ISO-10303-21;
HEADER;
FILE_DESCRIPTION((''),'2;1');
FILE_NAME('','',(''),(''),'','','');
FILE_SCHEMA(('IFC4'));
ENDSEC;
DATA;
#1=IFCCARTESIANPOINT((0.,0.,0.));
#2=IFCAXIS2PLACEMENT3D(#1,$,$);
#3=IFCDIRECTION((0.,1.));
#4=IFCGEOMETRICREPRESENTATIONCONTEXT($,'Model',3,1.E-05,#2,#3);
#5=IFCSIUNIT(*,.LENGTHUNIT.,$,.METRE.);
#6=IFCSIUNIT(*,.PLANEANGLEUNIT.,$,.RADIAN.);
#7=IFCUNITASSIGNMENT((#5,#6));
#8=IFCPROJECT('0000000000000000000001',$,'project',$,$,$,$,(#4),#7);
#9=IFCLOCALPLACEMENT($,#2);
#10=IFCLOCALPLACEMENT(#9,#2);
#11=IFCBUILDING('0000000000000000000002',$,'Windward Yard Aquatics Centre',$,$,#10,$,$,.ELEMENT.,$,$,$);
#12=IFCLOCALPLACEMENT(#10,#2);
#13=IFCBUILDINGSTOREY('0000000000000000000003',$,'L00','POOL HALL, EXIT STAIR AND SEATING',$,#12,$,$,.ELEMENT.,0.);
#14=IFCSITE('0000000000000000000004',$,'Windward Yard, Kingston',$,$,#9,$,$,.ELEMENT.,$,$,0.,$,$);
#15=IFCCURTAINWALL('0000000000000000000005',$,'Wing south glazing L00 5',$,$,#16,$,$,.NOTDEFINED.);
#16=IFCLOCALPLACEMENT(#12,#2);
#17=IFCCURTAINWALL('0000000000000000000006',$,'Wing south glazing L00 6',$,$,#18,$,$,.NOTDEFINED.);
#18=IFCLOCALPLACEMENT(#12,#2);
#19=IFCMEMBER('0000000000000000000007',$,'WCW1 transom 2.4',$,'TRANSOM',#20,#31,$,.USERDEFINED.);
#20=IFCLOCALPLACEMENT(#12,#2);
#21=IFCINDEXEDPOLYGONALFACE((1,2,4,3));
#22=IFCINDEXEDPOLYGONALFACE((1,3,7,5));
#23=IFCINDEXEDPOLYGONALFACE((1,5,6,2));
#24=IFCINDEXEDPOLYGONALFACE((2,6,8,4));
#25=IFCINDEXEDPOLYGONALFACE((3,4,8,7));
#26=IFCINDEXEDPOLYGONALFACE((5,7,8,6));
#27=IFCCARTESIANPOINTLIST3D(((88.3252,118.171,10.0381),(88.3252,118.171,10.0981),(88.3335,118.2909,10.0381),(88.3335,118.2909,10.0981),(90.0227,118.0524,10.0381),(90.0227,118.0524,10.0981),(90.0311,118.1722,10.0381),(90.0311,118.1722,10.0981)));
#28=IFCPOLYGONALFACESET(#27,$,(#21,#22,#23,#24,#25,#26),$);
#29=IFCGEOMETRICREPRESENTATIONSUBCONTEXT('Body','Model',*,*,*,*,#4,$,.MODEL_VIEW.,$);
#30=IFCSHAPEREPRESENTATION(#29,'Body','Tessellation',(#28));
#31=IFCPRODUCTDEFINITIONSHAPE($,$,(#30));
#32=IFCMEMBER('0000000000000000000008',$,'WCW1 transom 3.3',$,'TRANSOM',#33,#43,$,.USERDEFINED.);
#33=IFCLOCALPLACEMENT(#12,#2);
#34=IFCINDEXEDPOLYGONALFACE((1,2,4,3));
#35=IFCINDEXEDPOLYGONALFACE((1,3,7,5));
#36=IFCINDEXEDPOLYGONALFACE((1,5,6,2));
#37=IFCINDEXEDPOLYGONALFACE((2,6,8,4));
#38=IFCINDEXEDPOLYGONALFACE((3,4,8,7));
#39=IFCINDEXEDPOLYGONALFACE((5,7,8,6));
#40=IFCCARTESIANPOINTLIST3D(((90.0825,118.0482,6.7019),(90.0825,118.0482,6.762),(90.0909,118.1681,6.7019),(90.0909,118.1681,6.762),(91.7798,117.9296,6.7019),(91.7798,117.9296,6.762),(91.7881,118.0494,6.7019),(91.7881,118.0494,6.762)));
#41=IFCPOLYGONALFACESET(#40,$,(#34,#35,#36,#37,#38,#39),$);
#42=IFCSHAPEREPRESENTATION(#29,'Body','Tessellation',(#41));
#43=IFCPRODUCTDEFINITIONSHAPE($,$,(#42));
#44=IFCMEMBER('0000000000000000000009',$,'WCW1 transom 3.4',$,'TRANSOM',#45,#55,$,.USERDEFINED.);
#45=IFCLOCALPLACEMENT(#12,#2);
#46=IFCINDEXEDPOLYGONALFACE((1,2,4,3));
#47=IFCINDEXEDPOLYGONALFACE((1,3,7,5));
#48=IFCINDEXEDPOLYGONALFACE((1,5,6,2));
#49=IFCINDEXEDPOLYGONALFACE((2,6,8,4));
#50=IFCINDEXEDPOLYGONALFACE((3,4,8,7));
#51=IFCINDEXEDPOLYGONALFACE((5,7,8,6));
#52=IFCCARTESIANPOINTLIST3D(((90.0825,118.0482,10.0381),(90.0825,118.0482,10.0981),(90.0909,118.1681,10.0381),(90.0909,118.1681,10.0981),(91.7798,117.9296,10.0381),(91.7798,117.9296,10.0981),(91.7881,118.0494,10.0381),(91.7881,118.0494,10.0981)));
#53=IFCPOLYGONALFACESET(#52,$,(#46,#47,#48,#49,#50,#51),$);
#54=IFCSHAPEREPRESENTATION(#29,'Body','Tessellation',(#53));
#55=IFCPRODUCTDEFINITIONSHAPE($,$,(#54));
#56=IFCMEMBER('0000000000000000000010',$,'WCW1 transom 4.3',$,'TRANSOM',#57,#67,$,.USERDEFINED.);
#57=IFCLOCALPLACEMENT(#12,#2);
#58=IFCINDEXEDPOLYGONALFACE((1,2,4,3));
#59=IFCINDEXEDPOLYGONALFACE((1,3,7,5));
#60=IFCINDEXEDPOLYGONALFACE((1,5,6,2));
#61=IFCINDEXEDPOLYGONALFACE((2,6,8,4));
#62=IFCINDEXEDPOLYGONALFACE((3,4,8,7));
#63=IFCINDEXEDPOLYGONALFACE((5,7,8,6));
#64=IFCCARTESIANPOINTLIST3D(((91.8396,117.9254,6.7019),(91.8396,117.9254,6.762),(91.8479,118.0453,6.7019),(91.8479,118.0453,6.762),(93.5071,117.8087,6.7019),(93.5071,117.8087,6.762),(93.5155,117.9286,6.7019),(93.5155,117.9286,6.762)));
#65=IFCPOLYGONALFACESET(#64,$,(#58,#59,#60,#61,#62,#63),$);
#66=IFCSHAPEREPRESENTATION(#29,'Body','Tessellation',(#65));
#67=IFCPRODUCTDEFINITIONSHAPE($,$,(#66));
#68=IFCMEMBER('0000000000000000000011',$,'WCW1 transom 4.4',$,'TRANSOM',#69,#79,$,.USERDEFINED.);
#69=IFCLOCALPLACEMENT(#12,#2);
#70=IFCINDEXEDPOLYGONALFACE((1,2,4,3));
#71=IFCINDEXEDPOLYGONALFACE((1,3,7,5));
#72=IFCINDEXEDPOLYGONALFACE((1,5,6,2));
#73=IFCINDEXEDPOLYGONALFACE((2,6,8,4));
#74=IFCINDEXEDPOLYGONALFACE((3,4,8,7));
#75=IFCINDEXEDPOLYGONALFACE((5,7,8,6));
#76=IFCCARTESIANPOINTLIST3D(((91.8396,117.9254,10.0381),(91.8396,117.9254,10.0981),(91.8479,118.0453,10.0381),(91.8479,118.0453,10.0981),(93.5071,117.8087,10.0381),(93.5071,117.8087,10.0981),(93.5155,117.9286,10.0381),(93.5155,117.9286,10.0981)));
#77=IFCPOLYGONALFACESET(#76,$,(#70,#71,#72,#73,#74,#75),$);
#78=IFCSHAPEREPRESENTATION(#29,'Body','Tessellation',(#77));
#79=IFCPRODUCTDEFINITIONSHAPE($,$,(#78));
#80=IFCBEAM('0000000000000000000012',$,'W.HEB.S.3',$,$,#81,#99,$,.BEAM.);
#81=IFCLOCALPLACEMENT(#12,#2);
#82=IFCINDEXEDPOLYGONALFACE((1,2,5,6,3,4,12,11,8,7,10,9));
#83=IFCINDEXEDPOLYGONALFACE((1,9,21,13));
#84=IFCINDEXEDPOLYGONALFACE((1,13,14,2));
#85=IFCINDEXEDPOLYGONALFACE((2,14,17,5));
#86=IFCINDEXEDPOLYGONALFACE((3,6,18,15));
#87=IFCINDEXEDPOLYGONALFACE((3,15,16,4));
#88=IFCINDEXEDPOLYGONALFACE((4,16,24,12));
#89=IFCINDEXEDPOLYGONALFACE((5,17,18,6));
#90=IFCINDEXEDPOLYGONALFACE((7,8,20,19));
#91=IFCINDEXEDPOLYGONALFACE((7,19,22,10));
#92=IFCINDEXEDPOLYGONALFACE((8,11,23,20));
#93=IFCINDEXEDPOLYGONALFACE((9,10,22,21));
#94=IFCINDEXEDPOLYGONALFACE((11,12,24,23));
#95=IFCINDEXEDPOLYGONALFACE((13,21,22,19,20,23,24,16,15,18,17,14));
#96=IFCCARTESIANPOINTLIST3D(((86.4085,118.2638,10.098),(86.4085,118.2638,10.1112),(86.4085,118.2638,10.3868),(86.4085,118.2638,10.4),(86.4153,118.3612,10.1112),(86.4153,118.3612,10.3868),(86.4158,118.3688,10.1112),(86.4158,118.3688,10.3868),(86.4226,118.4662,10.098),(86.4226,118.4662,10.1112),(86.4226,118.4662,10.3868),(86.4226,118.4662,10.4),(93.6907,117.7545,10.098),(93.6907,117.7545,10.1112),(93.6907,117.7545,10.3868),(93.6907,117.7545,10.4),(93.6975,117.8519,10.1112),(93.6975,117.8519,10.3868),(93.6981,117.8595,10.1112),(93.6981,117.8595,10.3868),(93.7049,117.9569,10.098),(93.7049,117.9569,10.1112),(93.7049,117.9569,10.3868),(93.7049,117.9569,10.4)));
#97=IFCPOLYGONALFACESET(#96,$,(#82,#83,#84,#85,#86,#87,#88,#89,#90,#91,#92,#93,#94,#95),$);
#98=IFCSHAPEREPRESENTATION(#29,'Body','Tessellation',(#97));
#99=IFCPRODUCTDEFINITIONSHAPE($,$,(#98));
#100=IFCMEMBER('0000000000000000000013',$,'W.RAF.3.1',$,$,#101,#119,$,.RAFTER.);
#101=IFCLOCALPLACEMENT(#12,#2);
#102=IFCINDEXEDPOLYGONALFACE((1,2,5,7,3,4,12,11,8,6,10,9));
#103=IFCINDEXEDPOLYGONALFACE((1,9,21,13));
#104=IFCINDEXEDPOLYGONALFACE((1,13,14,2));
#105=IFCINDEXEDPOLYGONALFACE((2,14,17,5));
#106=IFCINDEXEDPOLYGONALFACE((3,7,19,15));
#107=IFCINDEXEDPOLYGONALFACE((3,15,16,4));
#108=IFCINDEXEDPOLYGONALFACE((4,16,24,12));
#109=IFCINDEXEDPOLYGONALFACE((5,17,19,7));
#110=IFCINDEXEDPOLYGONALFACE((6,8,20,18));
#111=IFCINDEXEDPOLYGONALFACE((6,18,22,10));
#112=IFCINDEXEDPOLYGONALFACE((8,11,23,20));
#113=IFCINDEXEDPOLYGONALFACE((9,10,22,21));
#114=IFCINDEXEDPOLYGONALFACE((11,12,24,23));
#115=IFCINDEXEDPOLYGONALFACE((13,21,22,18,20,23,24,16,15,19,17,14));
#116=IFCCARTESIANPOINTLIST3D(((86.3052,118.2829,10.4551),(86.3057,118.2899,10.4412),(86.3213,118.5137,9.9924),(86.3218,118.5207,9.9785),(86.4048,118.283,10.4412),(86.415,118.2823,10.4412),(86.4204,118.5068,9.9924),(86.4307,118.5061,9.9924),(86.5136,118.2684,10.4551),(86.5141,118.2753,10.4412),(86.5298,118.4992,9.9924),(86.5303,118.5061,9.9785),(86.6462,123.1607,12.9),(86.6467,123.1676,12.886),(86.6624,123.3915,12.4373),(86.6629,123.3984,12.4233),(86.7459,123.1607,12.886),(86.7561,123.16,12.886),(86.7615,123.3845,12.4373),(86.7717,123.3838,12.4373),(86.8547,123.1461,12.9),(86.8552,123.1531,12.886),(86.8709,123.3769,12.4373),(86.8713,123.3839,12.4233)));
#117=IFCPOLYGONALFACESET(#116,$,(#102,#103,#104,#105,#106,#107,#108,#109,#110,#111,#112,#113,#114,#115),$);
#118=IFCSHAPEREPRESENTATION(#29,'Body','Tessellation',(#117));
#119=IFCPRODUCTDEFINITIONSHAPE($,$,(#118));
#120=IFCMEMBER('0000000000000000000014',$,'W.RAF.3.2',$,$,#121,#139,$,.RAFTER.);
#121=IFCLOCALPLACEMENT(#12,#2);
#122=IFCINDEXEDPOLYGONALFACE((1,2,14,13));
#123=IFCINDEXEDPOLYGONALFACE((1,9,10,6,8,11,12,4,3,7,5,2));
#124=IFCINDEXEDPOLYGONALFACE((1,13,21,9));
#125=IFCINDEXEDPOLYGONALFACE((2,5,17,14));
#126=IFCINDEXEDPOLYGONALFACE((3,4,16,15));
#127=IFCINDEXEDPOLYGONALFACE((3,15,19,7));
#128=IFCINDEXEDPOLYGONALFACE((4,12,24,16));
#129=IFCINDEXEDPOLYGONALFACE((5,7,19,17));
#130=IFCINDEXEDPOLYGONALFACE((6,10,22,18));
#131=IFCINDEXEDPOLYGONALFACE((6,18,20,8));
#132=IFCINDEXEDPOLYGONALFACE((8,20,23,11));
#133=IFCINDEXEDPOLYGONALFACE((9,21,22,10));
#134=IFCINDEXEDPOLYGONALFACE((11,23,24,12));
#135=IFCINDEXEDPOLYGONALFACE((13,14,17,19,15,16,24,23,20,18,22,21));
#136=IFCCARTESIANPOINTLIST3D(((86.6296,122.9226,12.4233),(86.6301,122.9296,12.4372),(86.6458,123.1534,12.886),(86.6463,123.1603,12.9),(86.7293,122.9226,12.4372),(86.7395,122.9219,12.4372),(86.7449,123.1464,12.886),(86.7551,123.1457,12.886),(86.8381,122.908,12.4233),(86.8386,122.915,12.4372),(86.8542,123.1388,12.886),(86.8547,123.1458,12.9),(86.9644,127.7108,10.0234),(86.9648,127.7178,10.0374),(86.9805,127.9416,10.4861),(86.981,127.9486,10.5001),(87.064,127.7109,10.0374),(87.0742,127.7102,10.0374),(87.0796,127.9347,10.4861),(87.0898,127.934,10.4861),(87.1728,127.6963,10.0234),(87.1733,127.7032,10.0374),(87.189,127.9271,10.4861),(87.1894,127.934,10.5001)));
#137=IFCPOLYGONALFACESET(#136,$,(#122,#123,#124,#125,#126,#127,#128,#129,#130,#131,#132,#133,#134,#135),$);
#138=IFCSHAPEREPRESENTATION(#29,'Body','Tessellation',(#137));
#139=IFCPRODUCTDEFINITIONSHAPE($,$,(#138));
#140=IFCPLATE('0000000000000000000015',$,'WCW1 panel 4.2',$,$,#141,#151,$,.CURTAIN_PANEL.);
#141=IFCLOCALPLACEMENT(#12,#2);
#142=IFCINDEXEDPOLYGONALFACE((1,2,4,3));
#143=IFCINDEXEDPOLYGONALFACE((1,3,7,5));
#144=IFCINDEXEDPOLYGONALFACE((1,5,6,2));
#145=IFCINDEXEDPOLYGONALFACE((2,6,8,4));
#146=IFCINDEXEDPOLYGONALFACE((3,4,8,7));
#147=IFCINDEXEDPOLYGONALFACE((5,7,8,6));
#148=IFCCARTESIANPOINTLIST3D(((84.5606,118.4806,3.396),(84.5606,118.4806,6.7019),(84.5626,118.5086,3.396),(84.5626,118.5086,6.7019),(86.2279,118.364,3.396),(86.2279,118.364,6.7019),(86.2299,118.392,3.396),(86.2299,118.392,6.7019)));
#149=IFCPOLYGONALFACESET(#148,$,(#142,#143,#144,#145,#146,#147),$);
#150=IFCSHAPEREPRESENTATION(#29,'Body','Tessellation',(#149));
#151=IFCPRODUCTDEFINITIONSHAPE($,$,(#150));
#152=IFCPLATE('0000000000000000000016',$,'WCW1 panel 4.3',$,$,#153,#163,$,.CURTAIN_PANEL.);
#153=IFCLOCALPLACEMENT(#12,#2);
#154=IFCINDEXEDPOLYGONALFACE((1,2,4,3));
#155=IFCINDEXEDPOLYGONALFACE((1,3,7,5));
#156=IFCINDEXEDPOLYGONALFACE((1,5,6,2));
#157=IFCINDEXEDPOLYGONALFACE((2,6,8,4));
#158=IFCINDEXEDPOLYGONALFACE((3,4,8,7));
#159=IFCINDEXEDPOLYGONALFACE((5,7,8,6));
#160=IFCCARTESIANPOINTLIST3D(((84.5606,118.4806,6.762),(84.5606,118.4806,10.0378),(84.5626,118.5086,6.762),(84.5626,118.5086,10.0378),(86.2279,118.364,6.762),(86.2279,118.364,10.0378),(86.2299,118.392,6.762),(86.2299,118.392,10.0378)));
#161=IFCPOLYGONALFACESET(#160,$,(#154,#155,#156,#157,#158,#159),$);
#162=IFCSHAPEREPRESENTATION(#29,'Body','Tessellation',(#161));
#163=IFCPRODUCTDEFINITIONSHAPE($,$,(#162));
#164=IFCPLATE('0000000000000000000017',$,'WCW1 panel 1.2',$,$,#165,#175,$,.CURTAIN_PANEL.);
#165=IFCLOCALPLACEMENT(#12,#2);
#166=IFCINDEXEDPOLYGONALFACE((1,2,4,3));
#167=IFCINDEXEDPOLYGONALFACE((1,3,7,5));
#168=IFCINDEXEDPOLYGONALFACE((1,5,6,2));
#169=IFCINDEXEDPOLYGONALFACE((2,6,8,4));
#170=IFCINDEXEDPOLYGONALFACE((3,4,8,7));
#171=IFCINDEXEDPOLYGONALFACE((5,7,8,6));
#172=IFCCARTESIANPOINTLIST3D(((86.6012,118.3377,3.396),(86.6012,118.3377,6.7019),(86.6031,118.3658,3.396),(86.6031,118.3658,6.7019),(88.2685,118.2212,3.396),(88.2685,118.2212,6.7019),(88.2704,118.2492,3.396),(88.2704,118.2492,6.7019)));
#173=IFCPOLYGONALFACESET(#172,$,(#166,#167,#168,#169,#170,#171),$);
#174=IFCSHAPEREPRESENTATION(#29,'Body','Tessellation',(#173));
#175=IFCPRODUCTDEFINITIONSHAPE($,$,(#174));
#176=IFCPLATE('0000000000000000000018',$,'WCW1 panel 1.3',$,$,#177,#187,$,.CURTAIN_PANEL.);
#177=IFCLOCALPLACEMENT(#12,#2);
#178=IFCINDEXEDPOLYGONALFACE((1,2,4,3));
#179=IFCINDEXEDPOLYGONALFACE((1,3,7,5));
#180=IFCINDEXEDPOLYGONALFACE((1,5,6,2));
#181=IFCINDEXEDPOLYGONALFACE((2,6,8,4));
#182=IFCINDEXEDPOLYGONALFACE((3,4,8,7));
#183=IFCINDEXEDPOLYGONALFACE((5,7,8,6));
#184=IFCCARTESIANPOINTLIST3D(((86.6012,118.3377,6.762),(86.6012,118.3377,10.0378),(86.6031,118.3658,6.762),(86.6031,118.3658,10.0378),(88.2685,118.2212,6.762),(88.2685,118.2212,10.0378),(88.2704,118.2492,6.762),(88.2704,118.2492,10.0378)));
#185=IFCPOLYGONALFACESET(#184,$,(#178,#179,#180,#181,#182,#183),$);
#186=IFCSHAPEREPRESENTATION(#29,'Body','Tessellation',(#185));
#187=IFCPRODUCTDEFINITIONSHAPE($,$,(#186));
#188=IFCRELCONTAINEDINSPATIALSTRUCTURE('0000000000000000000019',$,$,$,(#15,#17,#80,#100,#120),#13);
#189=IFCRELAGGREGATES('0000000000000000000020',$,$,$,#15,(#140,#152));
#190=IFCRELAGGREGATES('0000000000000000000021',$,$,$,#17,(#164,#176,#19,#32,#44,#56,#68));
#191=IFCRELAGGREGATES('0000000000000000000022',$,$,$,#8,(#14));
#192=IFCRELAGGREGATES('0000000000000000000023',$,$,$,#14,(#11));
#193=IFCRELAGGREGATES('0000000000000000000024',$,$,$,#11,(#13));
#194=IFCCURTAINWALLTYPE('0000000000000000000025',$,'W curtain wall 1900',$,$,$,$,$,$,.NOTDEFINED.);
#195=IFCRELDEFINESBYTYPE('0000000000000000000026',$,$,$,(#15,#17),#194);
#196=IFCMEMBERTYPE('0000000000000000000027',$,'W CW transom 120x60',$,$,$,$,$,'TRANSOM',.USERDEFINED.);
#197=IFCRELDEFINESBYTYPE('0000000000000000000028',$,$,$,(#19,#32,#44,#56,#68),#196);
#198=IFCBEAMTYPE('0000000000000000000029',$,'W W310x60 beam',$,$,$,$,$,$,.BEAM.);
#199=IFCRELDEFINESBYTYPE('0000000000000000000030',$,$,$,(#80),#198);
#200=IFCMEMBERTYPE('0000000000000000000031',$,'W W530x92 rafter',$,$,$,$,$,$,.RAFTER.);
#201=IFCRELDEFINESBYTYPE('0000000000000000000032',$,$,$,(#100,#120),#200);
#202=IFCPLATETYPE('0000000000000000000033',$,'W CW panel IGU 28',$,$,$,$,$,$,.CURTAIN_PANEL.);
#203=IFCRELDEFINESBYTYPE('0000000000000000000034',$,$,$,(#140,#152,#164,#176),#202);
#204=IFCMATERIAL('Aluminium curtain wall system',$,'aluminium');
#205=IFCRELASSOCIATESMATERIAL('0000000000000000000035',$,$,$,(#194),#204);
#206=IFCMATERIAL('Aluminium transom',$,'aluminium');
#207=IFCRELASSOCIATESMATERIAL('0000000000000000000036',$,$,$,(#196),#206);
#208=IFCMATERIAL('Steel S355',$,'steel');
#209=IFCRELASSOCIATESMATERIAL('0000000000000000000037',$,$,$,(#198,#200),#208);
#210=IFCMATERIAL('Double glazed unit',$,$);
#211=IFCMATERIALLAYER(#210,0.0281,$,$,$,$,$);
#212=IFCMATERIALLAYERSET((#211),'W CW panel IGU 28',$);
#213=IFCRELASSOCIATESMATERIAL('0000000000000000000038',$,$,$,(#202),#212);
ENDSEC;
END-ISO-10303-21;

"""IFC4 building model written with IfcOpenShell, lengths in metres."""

from ifc_helpers import new_model, si_unit, direction, frame, origin, origin_2d, place, context, subcontext, project, spatial, rectangle, i_section, extrude, material, layer, layer_set, material_profile, profile_set, type_object, element, aggregate, save


model = new_model("IFC4")

# Units and contexts
model_context = context("Model", 3, precision=1e-05, world=origin(), true_north=direction((0.0, 1.0)))
body_context = subcontext(model_context, "Body", "Model", "MODEL_VIEW")
ifc_project = project(units=[si_unit("LENGTHUNIT", "METRE"), si_unit("PLANEANGLEUNIT", "RADIAN")], contexts=[model_context])

# Site, building, storey
site_placement = place(None, origin())
site = spatial("IfcSite", under=ifc_project, at=site_placement, Name="Windward Yard, Kingston", CompositionType="ELEMENT", RefElevation=0.0)
building_placement = place(site_placement, origin())
building = spatial("IfcBuilding", under=site, at=building_placement, Name="Windward Yard Aquatics Centre", CompositionType="ELEMENT")
storey_placement = place(building_placement, origin())
storey = spatial("IfcBuildingStorey", under=building, at=storey_placement, Name="L00", Description="POOL HALL, EXIT STAIR AND SEATING", CompositionType="ELEMENT", Elevation=0.0)

# Shared definitions
ifc_material_1 = material(Name="Steel S355", Category="steel")

# Curtain walls, members
ifc_material_2 = material(Name="Aluminium curtain wall system", Category="aluminium")
curtain_wall_type = type_object("IfcCurtainWallType", Name="W curtain wall 1900", PredefinedType="NOTDEFINED", material=ifc_material_2)
curtain_wall_1_placement = place(storey_placement, origin())
curtain_wall_1 = element("IfcCurtainWall", 1, at=curtain_wall_1_placement, inside=storey, type_object=curtain_wall_type, Name="Wing south glazing L00 5", PredefinedType="NOTDEFINED")
ifc_material_3 = material(Name="Aluminium transom", Category="aluminium")
ifc_material_profile_1 = material_profile(ifc_material_3, rectangle(XDim=0.1201, YDim=0.0601, at=origin_2d()), Name="AL 120x60")
ifc_profile_set_1 = profile_set([ifc_material_profile_1], Name="Aluminium transom")
member_type_1 = type_object("IfcMemberType", Name="W CW transom 120x60", ElementType="TRANSOM", PredefinedType="USERDEFINED", material=ifc_profile_set_1)
curtain_wall_2_placement = place(storey_placement, origin())
curtain_wall_2 = element("IfcCurtainWall", 2, at=curtain_wall_2_placement, inside=storey, type_object=curtain_wall_type, Name="Wing south glazing L00 6", PredefinedType="NOTDEFINED")
member_1_placement = place(storey_placement, frame((88.3293, 118.231, 10.0681), z_axis=(0.997566, -0.069728, 0.0), x_axis=(0.069728, 0.997566, 0.0)))
member_1 = element("IfcMember", 3, at=member_1_placement, type_object=member_type_1, Name="WCW1 transom 2.4", ObjectType="TRANSOM", PredefinedType="USERDEFINED", context=body_context, shape_type="SweptSolid", body=[
    extrude(rectangle(XDim=0.1201, YDim=0.0601, at=origin_2d()), origin(), (0.0, 0.0, 1.0), 1.7017),
])
member_2_placement = place(storey_placement, frame((90.0867, 118.1082, 6.7319), z_axis=(0.997565, -0.069738, 0.0), x_axis=(0.069738, 0.997565, 0.0)))
member_2 = element("IfcMember", 4, at=member_2_placement, type_object=member_type_1, Name="WCW1 transom 3.3", ObjectType="TRANSOM", PredefinedType="USERDEFINED", context=body_context, shape_type="SweptSolid", body=[
    extrude(rectangle(XDim=0.1201, YDim=0.0601, at=origin_2d()), origin(), (0.0, 0.0, 1.0), 1.7014),
])
member_3_placement = place(storey_placement, frame((90.0867, 118.1082, 10.0681), z_axis=(0.997565, -0.069738, 0.0), x_axis=(0.069738, 0.997565, 0.0)))
member_3 = element("IfcMember", 5, at=member_3_placement, type_object=member_type_1, Name="WCW1 transom 3.4", ObjectType="TRANSOM", PredefinedType="USERDEFINED", context=body_context, shape_type="SweptSolid", body=[
    extrude(rectangle(XDim=0.1201, YDim=0.0601, at=origin_2d()), origin(), (0.0, 0.0, 1.0), 1.7014),
])
member_4_placement = place(storey_placement, frame((91.8438, 117.9854, 6.7319), z_axis=(0.99756, -0.069815, 0.0), x_axis=(0.069815, 0.99756, 0.0)))
member_4 = element("IfcMember", 6, at=member_4_placement, type_object=member_type_1, Name="WCW1 transom 4.3", ObjectType="TRANSOM", PredefinedType="USERDEFINED", context=body_context, shape_type="SweptSolid", body=[
    extrude(rectangle(XDim=0.1201, YDim=0.0601, at=origin_2d()), origin(), (0.0, 0.0, 1.0), 1.6716),
])
member_5_placement = place(storey_placement, frame((91.8438, 117.9854, 10.0681), z_axis=(0.99756, -0.069815, 0.0), x_axis=(0.069815, 0.99756, 0.0)))
member_5 = element("IfcMember", 7, at=member_5_placement, type_object=member_type_1, Name="WCW1 transom 4.4", ObjectType="TRANSOM", PredefinedType="USERDEFINED", context=body_context, shape_type="SweptSolid", body=[
    extrude(rectangle(XDim=0.1201, YDim=0.0601, at=origin_2d()), origin(), (0.0, 0.0, 1.0), 1.6716),
])

# Beam
ifc_material_profile_2 = material_profile(ifc_material_1, i_section(OverallWidth=0.2029, OverallDepth=0.302, WebThickness=0.0076, FlangeThickness=0.0132, at=origin_2d()), Name="W310x60")
ifc_profile_set_2 = profile_set([ifc_material_profile_2], Name="Steel S355")
beam_type = type_object("IfcBeamType", Name="W W310x60 beam", PredefinedType="BEAM", material=ifc_profile_set_2)
beam_placement = place(storey_placement, frame((86.4155, 118.365, 10.249), z_axis=(0.997564, -0.069764, 0.0), x_axis=(0.069764, 0.997564, 0.0)))
element("IfcBeam", 8, at=beam_placement, inside=storey, type_object=beam_type, Name="W.HEB.S.3", PredefinedType="BEAM", context=body_context, shape_type="SweptSolid", body=[
    extrude(i_section(OverallWidth=0.2029, OverallDepth=0.302, WebThickness=0.0076, FlangeThickness=0.0132, at=origin_2d()), origin(), (0.0, 0.0, 1.0), 7.3),
])

# Members
ifc_material_profile_3 = material_profile(ifc_material_1, i_section(OverallWidth=0.209, OverallDepth=0.533, WebThickness=0.0103, FlangeThickness=0.0156, at=origin_2d()), Name="W530x92")
ifc_profile_set_3 = profile_set([ifc_material_profile_3], Name="Steel S355")
member_type_2 = type_object("IfcMemberType", Name="W W530x92 rafter", PredefinedType="RAFTER", material=ifc_profile_set_3)
member_6_placement = place(storey_placement, frame((86.4177, 118.3945, 10.2168), z_axis=(0.062389, 0.892247, 0.447217), x_axis=(-0.997564, 0.069753, 0.0)))
element("IfcMember", 9, at=member_6_placement, inside=storey, type_object=member_type_2, Name="W.RAF.3.1", PredefinedType="RAFTER", context=body_context, shape_type="SweptSolid", body=[
    extrude(i_section(OverallWidth=0.209, OverallDepth=0.533, WebThickness=0.0103, FlangeThickness=0.0156, at=origin_2d()), origin(), (0.0, 0.0, 1.0), 5.4668),
])
member_7_placement = place(storey_placement, frame((86.7422, 123.0342, 12.6616), z_axis=(0.062371, 0.892258, -0.447198), x_axis=(-0.997566, 0.069732, 0.0)))
element("IfcMember", 10, at=member_7_placement, inside=storey, type_object=member_type_2, Name="W.RAF.3.2", PredefinedType="RAFTER", context=body_context, shape_type="SweptSolid", body=[
    extrude(i_section(OverallWidth=0.209, OverallDepth=0.533, WebThickness=0.0103, FlangeThickness=0.0156, at=origin_2d()), origin(), (0.0, 0.0, 1.0), 5.3665),
])

# Plates
ifc_material_4 = material(Name="Double glazed unit")
ifc_layer_1 = layer(ifc_material_4, 0.0281)
ifc_layer_set_1 = layer_set([ifc_layer_1], Name="W CW panel IGU 28")
plate_type_1 = type_object("IfcPlateType", Name="W CW panel IGU 28", PredefinedType="CURTAIN_PANEL", material=ifc_layer_set_1)
plate_1_placement = place(storey_placement, frame((85.3953, 118.4363, 3.396), z_axis=(0.0, 0.0, 1.0), x_axis=(0.997564, -0.069756, 0.0)))
plate_1 = element("IfcPlate", 11, at=plate_1_placement, type_object=plate_type_1, Name="WCW1 panel 4.2", PredefinedType="CURTAIN_PANEL", context=body_context, shape_type="SweptSolid", body=[
    extrude(rectangle(XDim=1.6714, YDim=0.0281, at=origin_2d()), origin(), (0.0, 0.0, 1.0), 3.3059),
])
plate_2_placement = place(storey_placement, frame((85.3953, 118.4363, 6.762), z_axis=(0.0, 0.0, 1.0), x_axis=(0.997564, -0.069756, 0.0)))
plate_2 = element("IfcPlate", 12, at=plate_2_placement, type_object=plate_type_1, Name="WCW1 panel 4.3", PredefinedType="CURTAIN_PANEL", context=body_context, shape_type="SweptSolid", body=[
    extrude(rectangle(XDim=1.6714, YDim=0.0281, at=origin_2d()), origin(), (0.0, 0.0, 1.0), 3.2759),
])
aggregate(curtain_wall_1, [plate_1, plate_2])
plate_3_placement = place(storey_placement, frame((87.4358, 118.2935, 3.396), z_axis=(0.0, 0.0, 1.0), x_axis=(0.997564, -0.069756, 0.0)))
plate_3 = element("IfcPlate", 13, at=plate_3_placement, type_object=plate_type_1, Name="WCW1 panel 1.2", PredefinedType="CURTAIN_PANEL", context=body_context, shape_type="SweptSolid", body=[
    extrude(rectangle(XDim=1.6714, YDim=0.0281, at=origin_2d()), origin(), (0.0, 0.0, 1.0), 3.3059),
])
plate_4_placement = place(storey_placement, frame((87.4358, 118.2935, 6.762), z_axis=(0.0, 0.0, 1.0), x_axis=(0.997564, -0.069756, 0.0)))
plate_4 = element("IfcPlate", 14, at=plate_4_placement, type_object=plate_type_1, Name="WCW1 panel 1.3", PredefinedType="CURTAIN_PANEL", context=body_context, shape_type="SweptSolid", body=[
    extrude(rectangle(XDim=1.6714, YDim=0.0281, at=origin_2d()), origin(), (0.0, 0.0, 1.0), 3.2759),
])
aggregate(curtain_wall_2, [plate_3, plate_4, member_1, member_2, member_3, member_4, member_5])

save(model, "model.ifc")
